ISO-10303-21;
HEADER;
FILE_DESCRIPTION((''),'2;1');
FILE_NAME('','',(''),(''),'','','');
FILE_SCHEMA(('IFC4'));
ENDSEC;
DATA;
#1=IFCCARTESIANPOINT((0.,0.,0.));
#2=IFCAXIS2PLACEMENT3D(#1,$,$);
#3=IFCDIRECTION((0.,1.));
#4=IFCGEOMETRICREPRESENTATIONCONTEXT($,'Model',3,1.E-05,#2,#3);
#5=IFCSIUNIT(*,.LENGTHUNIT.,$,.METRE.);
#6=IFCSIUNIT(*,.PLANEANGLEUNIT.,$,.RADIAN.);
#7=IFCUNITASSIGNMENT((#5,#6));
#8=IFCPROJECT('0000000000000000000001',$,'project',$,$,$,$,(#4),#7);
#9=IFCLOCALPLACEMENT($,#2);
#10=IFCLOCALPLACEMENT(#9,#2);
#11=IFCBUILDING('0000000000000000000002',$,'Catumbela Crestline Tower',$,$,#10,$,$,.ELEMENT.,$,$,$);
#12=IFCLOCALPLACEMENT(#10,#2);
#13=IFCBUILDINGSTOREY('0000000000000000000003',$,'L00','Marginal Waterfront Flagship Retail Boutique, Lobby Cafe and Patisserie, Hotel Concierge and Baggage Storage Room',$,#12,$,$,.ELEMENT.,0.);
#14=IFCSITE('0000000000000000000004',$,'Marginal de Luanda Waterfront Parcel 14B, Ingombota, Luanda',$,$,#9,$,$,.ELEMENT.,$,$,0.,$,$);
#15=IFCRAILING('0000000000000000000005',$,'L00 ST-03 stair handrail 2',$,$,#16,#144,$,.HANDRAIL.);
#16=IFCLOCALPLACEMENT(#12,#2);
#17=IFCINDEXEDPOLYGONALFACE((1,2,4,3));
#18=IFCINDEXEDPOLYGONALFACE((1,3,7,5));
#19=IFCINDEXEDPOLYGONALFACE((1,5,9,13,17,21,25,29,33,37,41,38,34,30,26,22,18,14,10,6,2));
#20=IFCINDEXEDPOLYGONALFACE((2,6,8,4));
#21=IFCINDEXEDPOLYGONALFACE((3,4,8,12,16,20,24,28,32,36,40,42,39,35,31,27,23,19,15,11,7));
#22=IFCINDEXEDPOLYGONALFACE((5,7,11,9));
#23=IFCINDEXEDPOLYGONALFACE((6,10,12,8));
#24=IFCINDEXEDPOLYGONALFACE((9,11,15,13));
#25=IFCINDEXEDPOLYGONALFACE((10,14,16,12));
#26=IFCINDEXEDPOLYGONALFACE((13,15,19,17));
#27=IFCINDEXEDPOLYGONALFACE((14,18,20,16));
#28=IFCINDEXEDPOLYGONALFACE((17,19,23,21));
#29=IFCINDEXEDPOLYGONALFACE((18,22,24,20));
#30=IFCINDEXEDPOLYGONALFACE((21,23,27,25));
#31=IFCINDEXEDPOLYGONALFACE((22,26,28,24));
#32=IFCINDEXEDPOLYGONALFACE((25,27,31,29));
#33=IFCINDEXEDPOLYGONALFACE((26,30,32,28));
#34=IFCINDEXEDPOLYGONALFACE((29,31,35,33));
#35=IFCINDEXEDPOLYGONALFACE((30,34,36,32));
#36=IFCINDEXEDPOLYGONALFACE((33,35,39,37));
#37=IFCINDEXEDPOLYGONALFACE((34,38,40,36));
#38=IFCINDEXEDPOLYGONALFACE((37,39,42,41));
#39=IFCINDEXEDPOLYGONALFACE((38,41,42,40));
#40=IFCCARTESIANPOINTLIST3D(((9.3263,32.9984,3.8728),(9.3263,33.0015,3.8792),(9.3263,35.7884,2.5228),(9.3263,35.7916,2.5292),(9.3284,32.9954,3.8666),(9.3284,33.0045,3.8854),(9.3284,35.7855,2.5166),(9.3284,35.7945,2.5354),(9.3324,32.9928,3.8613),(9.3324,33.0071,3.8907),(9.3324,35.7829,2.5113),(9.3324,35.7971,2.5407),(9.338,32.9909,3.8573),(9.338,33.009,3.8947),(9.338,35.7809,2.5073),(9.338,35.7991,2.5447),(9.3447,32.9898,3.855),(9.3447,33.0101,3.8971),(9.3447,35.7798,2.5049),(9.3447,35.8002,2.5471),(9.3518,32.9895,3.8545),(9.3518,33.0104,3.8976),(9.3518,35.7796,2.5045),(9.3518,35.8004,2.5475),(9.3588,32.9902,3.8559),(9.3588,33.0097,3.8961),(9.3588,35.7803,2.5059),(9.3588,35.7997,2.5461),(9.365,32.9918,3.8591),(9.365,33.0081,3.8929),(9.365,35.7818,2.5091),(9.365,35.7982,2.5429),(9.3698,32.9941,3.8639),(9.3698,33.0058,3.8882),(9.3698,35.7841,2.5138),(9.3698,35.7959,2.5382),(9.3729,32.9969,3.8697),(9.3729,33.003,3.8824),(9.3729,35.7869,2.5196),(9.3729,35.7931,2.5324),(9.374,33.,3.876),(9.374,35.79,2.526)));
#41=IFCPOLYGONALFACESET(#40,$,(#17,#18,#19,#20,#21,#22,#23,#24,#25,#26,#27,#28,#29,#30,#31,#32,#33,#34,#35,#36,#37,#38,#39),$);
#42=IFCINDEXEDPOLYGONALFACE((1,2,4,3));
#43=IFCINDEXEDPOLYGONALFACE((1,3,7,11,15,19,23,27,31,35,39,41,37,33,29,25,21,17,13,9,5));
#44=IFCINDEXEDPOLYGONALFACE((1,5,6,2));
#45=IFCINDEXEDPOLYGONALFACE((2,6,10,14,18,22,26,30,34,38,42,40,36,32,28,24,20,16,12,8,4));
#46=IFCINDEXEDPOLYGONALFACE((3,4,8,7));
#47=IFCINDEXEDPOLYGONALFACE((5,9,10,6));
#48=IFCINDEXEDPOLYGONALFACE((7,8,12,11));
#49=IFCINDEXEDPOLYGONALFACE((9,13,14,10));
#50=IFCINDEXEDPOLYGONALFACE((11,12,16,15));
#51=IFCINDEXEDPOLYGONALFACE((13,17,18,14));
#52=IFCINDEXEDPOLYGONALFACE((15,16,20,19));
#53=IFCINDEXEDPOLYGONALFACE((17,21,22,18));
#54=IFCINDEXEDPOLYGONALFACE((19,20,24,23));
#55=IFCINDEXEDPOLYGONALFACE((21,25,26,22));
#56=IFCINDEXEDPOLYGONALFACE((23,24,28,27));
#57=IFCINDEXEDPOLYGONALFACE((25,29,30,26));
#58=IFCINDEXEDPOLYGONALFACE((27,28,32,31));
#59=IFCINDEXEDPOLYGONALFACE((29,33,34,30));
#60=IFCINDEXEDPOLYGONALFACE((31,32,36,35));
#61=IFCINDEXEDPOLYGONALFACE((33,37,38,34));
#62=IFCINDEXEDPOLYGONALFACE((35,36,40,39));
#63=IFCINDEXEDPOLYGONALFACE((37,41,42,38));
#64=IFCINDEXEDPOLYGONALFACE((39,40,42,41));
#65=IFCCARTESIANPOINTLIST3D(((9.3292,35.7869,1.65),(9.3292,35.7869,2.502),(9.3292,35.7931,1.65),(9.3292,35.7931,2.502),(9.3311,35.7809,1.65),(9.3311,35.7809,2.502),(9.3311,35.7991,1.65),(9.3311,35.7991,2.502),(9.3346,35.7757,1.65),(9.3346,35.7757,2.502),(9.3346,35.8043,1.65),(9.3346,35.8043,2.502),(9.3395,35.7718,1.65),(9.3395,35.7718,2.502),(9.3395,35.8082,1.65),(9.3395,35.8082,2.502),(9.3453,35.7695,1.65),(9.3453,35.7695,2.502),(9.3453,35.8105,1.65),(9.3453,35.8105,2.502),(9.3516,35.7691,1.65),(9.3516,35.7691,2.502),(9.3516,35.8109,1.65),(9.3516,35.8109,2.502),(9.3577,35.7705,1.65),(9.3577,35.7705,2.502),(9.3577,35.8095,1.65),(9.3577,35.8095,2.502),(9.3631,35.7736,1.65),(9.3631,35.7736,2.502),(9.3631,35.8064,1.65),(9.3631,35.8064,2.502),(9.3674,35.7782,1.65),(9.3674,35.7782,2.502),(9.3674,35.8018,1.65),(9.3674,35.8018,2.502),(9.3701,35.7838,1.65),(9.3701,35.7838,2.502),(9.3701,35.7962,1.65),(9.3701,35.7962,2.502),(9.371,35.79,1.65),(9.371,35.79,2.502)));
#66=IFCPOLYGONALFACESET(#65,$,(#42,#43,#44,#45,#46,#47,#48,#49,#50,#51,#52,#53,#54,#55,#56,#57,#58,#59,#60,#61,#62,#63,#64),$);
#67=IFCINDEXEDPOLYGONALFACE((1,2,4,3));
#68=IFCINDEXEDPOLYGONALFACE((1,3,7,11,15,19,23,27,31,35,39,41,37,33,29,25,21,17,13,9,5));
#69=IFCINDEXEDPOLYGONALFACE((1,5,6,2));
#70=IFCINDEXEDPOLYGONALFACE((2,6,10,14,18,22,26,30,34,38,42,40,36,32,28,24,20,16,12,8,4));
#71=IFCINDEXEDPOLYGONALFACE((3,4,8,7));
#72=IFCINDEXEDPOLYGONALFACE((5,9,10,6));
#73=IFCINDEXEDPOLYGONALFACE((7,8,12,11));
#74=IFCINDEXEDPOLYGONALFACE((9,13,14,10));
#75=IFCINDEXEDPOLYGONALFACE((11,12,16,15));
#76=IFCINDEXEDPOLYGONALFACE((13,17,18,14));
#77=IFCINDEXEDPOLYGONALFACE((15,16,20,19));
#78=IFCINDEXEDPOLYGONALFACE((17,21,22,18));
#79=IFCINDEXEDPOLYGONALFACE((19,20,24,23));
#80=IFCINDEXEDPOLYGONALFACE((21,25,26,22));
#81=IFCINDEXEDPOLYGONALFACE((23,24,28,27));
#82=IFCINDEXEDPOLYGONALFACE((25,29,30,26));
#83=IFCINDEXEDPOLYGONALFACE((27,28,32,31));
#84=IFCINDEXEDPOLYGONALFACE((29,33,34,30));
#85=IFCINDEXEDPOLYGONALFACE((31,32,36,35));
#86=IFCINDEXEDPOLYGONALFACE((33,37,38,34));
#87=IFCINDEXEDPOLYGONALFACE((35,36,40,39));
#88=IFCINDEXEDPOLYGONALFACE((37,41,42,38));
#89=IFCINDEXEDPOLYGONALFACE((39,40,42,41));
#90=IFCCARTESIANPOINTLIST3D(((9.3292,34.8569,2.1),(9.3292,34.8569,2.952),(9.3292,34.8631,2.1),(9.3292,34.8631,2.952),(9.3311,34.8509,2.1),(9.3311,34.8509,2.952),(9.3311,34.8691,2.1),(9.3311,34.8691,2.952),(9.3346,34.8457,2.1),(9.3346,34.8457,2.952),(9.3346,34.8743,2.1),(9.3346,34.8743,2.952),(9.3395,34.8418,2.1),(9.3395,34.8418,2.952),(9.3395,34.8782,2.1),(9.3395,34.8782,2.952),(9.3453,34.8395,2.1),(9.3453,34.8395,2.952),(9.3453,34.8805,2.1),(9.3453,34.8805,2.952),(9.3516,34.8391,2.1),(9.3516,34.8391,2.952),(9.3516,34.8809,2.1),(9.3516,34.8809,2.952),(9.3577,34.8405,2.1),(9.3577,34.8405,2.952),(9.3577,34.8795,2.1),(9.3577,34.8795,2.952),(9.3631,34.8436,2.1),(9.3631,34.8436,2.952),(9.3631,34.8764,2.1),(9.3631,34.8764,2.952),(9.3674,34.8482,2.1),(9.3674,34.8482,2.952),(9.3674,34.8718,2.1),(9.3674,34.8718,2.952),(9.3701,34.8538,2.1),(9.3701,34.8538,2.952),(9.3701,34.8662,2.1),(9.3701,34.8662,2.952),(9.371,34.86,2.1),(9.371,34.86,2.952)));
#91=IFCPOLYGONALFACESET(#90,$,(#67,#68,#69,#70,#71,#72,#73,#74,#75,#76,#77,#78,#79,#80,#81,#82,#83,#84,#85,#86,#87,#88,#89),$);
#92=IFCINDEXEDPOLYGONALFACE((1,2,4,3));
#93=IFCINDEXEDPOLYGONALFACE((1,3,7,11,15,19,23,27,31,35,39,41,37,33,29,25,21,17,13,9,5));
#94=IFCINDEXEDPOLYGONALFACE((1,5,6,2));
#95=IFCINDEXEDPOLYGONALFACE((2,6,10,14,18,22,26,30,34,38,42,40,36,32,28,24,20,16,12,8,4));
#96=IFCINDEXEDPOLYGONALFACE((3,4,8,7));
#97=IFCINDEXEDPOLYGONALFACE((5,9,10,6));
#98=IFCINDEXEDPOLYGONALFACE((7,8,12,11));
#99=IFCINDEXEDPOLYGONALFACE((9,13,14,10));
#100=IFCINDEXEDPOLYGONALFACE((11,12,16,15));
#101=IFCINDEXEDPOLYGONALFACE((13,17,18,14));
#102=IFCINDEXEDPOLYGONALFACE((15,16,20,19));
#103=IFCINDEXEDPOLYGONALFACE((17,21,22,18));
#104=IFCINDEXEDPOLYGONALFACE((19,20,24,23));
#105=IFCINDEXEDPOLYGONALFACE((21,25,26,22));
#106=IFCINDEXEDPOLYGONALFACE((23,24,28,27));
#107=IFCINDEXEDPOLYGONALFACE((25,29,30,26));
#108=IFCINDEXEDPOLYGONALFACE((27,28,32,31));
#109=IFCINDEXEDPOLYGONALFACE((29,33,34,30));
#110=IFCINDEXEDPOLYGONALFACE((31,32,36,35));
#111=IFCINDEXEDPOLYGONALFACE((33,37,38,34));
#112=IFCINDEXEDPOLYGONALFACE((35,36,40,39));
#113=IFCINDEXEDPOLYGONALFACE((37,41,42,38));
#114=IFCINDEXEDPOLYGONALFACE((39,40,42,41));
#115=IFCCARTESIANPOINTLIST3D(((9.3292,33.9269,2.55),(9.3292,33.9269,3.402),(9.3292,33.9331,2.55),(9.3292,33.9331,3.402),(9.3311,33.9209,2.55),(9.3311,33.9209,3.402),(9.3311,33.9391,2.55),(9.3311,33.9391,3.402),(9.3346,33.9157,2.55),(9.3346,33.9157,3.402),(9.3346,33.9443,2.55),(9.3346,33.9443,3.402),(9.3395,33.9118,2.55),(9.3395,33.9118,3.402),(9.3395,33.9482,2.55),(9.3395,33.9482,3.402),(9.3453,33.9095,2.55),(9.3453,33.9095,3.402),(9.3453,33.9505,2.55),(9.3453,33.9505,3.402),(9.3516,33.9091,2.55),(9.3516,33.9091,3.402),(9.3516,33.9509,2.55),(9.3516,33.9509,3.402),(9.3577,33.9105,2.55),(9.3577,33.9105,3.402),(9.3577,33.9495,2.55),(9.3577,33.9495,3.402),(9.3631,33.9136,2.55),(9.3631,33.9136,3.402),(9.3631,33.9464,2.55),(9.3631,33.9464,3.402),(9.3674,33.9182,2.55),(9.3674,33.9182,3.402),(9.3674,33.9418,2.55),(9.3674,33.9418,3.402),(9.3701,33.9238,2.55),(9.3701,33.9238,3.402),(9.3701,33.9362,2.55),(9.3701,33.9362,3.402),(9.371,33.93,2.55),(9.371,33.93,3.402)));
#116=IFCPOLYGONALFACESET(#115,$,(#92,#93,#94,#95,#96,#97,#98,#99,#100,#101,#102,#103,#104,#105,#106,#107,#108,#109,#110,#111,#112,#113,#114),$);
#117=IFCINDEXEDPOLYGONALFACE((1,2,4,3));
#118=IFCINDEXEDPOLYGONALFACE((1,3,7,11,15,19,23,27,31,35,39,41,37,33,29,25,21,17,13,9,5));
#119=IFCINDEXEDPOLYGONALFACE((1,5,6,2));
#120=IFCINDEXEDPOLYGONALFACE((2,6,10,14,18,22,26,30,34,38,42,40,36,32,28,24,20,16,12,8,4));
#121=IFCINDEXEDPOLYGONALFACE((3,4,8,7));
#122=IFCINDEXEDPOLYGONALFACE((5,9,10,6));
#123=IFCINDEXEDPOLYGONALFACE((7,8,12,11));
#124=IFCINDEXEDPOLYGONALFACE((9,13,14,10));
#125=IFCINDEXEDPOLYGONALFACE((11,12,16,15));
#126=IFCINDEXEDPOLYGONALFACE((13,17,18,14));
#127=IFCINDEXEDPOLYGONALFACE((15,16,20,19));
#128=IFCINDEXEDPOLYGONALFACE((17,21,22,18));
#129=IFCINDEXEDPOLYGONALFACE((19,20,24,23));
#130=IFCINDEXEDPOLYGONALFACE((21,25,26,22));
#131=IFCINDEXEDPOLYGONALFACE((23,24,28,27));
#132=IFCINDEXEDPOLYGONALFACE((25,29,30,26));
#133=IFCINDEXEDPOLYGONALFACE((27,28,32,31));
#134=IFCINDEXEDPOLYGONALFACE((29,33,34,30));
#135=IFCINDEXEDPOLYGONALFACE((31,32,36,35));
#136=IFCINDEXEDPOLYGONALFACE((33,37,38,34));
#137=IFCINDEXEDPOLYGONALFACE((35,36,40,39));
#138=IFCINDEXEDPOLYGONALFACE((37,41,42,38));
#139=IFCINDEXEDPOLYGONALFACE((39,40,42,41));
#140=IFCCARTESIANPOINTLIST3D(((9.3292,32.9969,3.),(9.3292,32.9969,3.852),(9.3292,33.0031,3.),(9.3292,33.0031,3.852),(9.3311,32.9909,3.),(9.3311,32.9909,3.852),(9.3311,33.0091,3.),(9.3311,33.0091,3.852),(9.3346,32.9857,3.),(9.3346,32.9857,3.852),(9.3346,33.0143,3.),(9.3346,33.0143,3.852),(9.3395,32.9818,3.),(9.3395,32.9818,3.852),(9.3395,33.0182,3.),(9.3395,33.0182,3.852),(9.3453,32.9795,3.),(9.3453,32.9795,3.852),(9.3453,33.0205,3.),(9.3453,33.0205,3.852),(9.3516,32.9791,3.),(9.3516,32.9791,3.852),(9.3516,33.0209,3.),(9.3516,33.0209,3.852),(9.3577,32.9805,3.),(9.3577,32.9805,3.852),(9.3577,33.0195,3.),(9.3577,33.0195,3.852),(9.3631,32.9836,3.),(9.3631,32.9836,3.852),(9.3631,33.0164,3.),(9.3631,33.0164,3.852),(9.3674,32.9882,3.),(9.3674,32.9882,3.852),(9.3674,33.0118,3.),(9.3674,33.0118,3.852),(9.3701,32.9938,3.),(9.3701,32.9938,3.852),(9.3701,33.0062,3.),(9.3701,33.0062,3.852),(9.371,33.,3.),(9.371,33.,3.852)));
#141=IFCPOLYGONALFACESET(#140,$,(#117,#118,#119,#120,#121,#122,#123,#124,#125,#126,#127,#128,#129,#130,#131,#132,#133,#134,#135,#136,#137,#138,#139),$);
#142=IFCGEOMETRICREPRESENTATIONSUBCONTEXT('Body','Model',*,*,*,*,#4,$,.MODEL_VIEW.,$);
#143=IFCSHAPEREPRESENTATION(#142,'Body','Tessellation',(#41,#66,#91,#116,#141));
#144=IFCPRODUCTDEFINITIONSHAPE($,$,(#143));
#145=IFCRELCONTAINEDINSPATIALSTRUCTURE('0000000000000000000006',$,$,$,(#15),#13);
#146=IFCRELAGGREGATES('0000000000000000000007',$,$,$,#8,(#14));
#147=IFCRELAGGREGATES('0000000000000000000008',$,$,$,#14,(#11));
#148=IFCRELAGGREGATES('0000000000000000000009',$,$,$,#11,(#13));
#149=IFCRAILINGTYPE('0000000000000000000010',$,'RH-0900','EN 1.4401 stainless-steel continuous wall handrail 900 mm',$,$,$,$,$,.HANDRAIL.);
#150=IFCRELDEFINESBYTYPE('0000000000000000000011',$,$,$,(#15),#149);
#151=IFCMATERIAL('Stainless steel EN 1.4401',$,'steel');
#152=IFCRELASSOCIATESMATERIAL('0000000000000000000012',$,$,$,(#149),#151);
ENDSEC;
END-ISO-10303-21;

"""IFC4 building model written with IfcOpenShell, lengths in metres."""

from ifc_helpers import new_model, si_unit, direction, frame, origin, origin_2d, place, context, subcontext, project, spatial, circle, extrude, material, type_object, element, save


model = new_model("IFC4")

# Units and contexts
model_context = context("Model", 3, precision=1e-05, world=origin(), true_north=direction((0.0, 1.0)))
body_context = subcontext(model_context, "Body", "Model", "MODEL_VIEW")
ifc_project = project(units=[si_unit("LENGTHUNIT", "METRE"), si_unit("PLANEANGLEUNIT", "RADIAN")], contexts=[model_context])

# Site, building, storey
site_placement = place(None, origin())
site = spatial("IfcSite", under=ifc_project, at=site_placement, Name="Marginal de Luanda Waterfront Parcel 14B, Ingombota, Luanda", CompositionType="ELEMENT", RefElevation=0.0)
building_placement = place(site_placement, origin())
building = spatial("IfcBuilding", under=site, at=building_placement, Name="Catumbela Crestline Tower", CompositionType="ELEMENT")
storey_placement = place(building_placement, origin())
storey = spatial("IfcBuildingStorey", under=building, at=storey_placement, Name="L00", Description="Marginal Waterfront Flagship Retail Boutique, Lobby Cafe and Patisserie, Hotel Concierge and Baggage Storage Room", CompositionType="ELEMENT", Elevation=0.0)

# Shared definitions
ifc_material_1 = material(Name="Stainless steel EN 1.4401", Category="steel")

# Railing
railing_type_1 = type_object("IfcRailingType", Name="RH-0900", Description="EN 1.4401 stainless-steel continuous wall handrail 900 mm", PredefinedType="HANDRAIL", material=ifc_material_1)
for number, where, name in (
    (1, (9.35, 35.79, 1.65), "L00 ST-03 stair handrail 2"),
):
    element("IfcRailing", number, at=place(storey_placement, frame(where)), inside=storey, type_object=railing_type_1, Name=name, PredefinedType="HANDRAIL", context=body_context, shape_type="SweptSolid", body=[
        extrude(circle(Radius=0.024, at=origin_2d()), frame((0.0, 0.0, 0.876), z_axis=(0.0, -0.900159, 0.435561), x_axis=(1.0, 0.0, 0.0)), (0.0, 0.0, 1.0), 3.0995),
        extrude(circle(Radius=0.021, at=origin_2d()), origin(), (0.0, 0.0, 1.0), 0.852),
        extrude(circle(Radius=0.021, at=origin_2d()), frame((0.0, -0.93, 0.45)), (0.0, 0.0, 1.0), 0.852),
        extrude(circle(Radius=0.021, at=origin_2d()), frame((0.0, -1.86, 0.9)), (0.0, 0.0, 1.0), 0.852),
        extrude(circle(Radius=0.021, at=origin_2d()), frame((0.0, -2.79, 1.35)), (0.0, 0.0, 1.0), 0.852),
    ])

save(model, "model.ifc")
